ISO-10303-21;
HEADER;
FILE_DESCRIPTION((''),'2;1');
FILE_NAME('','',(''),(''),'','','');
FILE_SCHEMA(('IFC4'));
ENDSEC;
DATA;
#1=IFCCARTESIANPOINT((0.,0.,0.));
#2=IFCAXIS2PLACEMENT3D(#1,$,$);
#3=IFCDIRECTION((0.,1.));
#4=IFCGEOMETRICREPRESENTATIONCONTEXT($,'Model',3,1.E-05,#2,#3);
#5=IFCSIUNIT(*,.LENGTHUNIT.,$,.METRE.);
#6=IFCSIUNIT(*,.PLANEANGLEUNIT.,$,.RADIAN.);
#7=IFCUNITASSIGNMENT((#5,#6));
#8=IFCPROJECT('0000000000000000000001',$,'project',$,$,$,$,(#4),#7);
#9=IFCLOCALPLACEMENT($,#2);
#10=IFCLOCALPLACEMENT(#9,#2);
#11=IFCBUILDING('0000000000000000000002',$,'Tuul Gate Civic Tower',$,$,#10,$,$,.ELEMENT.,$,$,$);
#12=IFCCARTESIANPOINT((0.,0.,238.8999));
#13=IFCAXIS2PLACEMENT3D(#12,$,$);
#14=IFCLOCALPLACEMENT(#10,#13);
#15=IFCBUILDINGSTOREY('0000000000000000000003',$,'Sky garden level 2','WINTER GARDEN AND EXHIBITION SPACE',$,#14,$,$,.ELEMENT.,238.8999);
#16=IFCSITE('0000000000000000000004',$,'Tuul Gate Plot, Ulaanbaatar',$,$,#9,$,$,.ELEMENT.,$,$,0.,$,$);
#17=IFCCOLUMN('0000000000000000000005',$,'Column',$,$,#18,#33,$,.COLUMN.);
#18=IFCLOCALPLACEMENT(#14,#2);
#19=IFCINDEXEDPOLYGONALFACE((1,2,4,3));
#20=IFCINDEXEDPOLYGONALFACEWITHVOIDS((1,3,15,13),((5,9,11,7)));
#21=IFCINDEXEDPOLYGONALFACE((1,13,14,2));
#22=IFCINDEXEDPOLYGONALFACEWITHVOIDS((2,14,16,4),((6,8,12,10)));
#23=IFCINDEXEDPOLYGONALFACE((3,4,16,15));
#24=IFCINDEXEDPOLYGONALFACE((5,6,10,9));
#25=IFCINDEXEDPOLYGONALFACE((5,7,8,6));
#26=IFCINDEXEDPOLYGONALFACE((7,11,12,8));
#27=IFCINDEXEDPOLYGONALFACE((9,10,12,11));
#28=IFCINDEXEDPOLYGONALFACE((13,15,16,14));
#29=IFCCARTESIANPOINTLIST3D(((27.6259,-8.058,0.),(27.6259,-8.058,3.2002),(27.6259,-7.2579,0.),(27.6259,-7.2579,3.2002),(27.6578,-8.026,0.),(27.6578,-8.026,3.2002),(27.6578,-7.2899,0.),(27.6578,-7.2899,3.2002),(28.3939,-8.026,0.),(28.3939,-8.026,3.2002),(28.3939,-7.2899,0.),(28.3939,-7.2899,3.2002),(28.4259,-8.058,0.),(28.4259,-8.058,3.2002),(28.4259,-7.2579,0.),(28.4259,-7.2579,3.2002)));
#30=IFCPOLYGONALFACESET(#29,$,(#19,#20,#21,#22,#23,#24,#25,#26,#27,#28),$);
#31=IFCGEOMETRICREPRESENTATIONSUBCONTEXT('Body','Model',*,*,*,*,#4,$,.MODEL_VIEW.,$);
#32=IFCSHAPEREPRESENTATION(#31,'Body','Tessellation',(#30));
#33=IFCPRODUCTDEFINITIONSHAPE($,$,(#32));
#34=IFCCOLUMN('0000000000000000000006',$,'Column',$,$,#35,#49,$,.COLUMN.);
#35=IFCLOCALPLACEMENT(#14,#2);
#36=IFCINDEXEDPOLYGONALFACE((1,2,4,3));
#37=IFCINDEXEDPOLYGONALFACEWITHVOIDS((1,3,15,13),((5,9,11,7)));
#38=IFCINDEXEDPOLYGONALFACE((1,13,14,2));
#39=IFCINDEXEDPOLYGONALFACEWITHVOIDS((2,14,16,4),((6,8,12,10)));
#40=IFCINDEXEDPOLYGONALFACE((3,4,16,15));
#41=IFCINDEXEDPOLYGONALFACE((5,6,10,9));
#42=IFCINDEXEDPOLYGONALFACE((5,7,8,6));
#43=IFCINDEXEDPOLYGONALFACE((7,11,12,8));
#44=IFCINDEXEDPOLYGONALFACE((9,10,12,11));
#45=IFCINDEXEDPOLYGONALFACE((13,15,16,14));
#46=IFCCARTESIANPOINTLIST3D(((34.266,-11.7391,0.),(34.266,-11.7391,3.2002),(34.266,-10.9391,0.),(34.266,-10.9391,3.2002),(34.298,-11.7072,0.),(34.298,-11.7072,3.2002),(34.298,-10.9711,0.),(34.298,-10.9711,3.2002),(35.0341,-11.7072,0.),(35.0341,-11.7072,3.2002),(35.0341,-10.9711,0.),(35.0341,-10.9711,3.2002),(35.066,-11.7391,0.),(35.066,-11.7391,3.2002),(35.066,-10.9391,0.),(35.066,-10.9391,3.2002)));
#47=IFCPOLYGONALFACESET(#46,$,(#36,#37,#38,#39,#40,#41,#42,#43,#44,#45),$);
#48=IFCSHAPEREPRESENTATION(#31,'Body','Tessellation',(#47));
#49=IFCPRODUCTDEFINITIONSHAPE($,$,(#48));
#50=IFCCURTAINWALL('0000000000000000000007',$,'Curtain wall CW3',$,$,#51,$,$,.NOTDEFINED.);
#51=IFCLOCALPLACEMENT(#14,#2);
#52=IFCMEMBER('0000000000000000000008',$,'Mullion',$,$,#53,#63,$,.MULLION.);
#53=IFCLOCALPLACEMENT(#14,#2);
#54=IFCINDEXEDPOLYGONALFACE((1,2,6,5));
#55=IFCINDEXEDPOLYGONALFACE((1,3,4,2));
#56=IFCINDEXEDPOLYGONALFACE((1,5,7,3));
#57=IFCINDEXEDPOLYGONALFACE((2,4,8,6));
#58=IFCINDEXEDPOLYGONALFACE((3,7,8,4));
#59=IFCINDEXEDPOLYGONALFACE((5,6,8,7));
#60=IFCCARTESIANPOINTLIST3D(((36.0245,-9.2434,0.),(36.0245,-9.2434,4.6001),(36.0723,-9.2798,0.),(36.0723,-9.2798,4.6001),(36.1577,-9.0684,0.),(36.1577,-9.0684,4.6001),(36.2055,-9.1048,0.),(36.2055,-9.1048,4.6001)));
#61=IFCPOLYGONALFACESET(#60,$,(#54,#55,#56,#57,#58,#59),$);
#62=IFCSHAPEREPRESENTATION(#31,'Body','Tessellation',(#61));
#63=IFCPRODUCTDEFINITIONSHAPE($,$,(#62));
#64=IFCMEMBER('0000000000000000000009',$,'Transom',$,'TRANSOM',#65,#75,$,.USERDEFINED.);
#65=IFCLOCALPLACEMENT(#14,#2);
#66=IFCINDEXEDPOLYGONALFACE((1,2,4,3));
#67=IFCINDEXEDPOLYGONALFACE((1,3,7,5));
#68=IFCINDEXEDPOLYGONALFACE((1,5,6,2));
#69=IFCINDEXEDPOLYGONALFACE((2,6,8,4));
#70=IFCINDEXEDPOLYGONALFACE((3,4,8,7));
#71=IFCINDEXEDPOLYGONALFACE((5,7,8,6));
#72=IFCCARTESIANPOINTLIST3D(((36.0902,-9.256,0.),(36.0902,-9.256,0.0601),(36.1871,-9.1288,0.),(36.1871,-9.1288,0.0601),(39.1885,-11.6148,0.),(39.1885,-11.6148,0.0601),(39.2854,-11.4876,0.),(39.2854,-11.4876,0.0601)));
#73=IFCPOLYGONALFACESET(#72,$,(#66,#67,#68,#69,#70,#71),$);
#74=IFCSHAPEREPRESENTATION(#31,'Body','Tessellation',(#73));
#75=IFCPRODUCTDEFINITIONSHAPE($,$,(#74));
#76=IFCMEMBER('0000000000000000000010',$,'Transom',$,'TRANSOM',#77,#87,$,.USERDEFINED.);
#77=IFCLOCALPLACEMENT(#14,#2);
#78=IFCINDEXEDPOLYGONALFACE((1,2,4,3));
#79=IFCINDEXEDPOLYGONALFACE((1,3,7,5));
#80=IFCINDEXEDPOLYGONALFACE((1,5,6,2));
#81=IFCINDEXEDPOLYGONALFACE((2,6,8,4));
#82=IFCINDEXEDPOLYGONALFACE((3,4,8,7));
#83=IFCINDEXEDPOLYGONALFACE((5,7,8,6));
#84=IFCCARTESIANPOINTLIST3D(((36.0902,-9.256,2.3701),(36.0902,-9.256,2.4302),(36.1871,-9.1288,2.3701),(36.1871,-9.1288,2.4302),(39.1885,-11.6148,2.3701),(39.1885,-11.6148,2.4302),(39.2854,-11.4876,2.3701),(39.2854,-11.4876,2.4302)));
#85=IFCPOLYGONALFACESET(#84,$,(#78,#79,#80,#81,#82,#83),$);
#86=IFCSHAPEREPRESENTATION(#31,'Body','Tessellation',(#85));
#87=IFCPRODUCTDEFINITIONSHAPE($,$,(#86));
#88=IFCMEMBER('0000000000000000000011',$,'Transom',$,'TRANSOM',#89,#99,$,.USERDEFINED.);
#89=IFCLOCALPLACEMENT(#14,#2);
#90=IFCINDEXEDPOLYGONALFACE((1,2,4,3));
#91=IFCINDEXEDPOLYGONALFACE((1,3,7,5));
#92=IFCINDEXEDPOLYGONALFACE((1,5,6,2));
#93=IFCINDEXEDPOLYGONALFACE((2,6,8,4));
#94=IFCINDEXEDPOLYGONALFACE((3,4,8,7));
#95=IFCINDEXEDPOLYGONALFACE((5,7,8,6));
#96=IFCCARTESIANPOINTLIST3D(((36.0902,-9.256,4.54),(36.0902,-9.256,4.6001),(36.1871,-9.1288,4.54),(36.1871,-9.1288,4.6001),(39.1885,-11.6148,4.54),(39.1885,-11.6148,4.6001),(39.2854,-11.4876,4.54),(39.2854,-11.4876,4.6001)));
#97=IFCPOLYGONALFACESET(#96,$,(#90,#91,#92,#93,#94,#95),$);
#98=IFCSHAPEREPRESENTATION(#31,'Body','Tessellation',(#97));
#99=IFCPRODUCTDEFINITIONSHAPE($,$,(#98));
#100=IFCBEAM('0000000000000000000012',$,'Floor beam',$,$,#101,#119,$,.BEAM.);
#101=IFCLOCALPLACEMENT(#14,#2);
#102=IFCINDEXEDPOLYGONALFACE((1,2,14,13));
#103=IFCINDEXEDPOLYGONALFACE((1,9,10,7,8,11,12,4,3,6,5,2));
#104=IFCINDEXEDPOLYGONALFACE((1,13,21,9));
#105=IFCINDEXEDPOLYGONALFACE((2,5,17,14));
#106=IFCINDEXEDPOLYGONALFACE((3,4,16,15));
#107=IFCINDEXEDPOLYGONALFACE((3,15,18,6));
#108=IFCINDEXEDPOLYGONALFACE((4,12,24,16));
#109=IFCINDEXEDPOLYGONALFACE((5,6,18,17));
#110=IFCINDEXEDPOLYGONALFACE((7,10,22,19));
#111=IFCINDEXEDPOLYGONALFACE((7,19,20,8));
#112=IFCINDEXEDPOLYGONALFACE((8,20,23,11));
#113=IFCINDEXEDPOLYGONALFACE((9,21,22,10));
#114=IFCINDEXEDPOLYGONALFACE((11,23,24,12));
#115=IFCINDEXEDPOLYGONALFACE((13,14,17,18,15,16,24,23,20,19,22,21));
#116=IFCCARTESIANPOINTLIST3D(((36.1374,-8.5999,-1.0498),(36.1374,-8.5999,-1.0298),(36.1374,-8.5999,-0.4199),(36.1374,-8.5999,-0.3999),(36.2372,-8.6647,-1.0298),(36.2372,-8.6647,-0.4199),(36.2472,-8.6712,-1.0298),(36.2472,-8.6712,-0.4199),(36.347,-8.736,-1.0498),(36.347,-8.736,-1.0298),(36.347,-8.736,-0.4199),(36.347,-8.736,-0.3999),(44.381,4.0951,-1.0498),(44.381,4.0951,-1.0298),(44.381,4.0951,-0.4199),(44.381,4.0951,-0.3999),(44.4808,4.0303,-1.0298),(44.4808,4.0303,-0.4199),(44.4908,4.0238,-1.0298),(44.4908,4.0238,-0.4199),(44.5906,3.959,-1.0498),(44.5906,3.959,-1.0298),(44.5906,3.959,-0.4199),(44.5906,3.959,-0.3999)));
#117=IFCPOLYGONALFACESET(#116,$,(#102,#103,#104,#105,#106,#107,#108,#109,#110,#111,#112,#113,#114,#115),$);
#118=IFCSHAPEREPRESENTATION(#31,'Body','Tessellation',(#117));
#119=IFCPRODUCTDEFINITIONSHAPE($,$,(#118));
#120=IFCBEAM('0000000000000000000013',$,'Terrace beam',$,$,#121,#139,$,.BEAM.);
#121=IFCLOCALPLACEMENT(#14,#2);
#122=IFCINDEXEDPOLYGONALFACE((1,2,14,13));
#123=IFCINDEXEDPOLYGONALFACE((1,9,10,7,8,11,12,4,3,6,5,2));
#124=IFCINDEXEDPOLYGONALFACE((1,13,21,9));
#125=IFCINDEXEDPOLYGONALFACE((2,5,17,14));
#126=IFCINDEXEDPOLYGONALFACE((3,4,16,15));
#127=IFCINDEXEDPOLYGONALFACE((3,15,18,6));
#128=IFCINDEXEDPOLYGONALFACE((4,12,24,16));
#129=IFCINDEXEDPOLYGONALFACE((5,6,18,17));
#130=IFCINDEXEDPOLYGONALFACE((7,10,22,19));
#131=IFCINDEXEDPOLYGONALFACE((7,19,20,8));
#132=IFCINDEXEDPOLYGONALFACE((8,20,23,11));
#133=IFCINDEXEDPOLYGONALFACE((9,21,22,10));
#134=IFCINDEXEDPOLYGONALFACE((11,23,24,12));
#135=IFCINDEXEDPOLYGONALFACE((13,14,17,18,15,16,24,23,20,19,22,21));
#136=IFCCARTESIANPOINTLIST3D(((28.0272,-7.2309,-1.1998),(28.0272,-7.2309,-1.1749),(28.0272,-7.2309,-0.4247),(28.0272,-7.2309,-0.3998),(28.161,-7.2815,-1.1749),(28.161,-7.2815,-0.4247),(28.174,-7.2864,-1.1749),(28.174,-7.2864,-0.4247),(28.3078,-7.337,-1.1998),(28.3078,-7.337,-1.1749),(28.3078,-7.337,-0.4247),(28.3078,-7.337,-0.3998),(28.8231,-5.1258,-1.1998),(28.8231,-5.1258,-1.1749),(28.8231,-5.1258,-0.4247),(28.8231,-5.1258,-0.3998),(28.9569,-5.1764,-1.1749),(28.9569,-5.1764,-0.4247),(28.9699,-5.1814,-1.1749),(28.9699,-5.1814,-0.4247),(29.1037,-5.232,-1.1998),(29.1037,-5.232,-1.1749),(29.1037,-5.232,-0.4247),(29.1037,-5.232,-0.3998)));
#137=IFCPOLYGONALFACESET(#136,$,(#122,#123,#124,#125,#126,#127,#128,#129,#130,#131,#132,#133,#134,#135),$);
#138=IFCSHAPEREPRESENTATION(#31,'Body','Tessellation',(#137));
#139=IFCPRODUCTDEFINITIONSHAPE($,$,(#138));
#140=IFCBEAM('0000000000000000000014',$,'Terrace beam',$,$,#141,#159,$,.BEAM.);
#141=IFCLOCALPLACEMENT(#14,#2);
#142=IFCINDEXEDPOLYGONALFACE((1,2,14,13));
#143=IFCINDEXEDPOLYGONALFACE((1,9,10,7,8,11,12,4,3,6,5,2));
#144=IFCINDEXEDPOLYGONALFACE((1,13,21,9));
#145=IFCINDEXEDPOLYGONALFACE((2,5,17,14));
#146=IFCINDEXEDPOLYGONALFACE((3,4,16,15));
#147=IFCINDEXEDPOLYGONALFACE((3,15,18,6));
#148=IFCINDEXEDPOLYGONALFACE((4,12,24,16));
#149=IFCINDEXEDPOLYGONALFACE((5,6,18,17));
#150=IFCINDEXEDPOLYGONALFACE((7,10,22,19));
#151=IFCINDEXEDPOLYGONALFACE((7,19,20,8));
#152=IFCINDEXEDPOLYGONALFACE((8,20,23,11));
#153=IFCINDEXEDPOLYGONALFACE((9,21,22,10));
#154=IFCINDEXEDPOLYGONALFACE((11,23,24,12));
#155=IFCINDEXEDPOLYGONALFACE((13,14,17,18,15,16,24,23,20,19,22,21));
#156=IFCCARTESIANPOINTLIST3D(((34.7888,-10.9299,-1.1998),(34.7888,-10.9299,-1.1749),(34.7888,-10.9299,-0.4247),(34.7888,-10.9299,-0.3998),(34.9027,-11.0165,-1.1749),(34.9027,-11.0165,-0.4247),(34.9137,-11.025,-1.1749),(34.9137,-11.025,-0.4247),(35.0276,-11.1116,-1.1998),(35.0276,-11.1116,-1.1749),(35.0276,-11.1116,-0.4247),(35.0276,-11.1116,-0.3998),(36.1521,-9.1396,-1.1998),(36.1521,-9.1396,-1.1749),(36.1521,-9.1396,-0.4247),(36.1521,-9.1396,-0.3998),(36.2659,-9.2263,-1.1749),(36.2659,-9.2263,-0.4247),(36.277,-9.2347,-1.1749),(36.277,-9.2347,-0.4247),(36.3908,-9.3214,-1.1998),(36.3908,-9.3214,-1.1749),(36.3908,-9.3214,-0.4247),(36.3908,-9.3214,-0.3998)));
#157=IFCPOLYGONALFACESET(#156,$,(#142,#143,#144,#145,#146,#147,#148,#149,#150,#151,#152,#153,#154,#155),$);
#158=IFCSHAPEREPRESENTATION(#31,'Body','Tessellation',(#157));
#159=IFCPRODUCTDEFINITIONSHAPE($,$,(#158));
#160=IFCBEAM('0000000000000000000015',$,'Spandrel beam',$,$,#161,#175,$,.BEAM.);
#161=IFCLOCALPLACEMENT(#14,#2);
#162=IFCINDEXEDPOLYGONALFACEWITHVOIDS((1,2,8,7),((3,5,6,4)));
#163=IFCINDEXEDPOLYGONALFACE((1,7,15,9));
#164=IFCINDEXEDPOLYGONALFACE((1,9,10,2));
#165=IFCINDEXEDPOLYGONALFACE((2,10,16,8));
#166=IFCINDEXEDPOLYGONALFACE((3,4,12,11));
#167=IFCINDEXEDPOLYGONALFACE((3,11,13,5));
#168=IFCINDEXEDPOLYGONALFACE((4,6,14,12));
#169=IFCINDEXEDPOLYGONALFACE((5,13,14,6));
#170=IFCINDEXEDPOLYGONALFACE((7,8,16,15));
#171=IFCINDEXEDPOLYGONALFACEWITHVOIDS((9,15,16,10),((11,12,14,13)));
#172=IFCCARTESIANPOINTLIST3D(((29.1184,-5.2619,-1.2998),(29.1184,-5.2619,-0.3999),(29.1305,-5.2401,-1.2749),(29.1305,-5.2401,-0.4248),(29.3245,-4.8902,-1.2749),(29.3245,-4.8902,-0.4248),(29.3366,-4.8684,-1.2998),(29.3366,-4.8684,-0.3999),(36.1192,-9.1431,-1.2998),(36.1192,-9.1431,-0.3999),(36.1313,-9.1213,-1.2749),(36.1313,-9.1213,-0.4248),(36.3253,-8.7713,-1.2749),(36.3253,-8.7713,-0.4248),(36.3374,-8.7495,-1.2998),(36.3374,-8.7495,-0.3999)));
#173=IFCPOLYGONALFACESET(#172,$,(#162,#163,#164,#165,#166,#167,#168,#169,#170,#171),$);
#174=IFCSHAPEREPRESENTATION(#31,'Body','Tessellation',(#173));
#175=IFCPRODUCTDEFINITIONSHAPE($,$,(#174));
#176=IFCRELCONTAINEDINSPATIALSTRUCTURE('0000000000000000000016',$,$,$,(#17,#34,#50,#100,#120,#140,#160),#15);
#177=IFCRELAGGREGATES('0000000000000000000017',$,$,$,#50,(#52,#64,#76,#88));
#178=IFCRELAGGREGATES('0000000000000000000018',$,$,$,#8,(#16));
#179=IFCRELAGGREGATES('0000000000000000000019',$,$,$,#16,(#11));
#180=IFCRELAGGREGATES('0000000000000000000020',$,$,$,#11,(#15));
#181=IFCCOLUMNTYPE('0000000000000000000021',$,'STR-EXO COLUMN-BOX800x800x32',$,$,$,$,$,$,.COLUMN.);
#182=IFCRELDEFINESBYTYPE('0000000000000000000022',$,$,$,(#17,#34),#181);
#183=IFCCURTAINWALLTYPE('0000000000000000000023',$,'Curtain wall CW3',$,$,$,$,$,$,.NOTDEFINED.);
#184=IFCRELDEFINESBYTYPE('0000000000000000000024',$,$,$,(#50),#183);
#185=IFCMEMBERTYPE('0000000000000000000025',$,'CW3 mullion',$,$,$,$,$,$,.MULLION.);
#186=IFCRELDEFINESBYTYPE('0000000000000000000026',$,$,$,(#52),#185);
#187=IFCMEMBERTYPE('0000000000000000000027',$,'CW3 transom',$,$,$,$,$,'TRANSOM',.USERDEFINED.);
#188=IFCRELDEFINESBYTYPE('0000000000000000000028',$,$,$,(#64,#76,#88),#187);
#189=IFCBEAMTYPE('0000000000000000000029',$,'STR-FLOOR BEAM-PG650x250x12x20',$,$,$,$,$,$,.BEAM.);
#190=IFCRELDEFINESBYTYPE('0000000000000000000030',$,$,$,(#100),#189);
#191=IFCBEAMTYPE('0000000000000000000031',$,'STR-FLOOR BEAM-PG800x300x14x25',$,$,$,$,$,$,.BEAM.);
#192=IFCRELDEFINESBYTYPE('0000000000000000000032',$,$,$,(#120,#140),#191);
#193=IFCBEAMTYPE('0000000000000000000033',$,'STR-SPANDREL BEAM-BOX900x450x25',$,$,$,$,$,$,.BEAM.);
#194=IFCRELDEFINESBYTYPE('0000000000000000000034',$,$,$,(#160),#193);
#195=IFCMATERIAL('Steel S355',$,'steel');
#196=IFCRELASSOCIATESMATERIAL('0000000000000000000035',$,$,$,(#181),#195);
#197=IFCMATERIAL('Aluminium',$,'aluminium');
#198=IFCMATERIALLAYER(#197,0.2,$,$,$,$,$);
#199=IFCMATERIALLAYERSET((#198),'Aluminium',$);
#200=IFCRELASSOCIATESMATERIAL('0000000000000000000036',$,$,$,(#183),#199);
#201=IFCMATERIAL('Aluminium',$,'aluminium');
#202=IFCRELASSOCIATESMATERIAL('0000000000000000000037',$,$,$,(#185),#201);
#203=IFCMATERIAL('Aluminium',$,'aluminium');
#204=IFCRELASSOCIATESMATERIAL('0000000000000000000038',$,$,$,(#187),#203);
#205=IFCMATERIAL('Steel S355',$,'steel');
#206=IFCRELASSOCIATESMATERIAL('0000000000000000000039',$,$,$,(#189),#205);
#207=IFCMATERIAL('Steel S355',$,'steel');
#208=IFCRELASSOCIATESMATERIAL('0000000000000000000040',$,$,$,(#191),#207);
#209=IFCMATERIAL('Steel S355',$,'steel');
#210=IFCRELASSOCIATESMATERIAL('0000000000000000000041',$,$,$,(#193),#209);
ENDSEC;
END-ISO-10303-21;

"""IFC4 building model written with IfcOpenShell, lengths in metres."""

from ifc_helpers import new_model, si_unit, direction, frame, origin, origin_2d, place, context, subcontext, project, spatial, rectangle, hollow_rectangle, i_section, extrude, material, layer, layer_set, material_profile, profile_set, type_object, element, aggregate, save


model = new_model("IFC4")

# Units and contexts
model_context = context("Model", 3, precision=1e-05, world=origin(), true_north=direction((0.0, 1.0)))
body_context = subcontext(model_context, "Body", "Model", "MODEL_VIEW")
ifc_project = project(units=[si_unit("LENGTHUNIT", "METRE"), si_unit("PLANEANGLEUNIT", "RADIAN")], contexts=[model_context])

# Site, building, storey
site_placement = place(None, origin())
site = spatial("IfcSite", under=ifc_project, at=site_placement, Name="Tuul Gate Plot, Ulaanbaatar", CompositionType="ELEMENT", RefElevation=0.0)
building_placement = place(site_placement, origin())
building = spatial("IfcBuilding", under=site, at=building_placement, Name="Tuul Gate Civic Tower", CompositionType="ELEMENT")
storey_placement = place(building_placement, frame((0.0, 0.0, 238.8999)))
storey = spatial("IfcBuildingStorey", under=building, at=storey_placement, Name="Sky garden level 2", Description="WINTER GARDEN AND EXHIBITION SPACE", CompositionType="ELEMENT", Elevation=238.8999)

# Columns
ifc_material_1 = material(Name="Steel S355", Category="steel")
ifc_material_profile_1 = material_profile(ifc_material_1, hollow_rectangle(XDim=0.8, YDim=0.8, WallThickness=0.032, at=origin_2d()), Name="BOX800x800x32")
ifc_profile_set_1 = profile_set([ifc_material_profile_1], Name="Steel S355")
column_type = type_object("IfcColumnType", Name="STR-EXO COLUMN-BOX800x800x32", PredefinedType="COLUMN", material=ifc_profile_set_1)
for number, where, z_axis, x_axis, name in (
    (1, (28.0259, -7.658, 0.0), (0.0, 0.0, 1.0), (1.0, 0.0, 0.0), "Column"),
    (2, (34.666, -11.3391, 0.0), (0.0, 0.0, 1.0), (1.0, 0.0, 0.0), "Column"),
):
    element("IfcColumn", number, at=place(storey_placement, frame(where, z_axis=z_axis, x_axis=x_axis)), inside=storey, type_object=column_type, Name=name, PredefinedType="COLUMN", context=body_context, shape_type="SweptSolid", body=[
        extrude(hollow_rectangle(XDim=0.8, YDim=0.8, WallThickness=0.032, at=origin_2d()), origin(), (0.0, 0.0, 1.0), 3.2002),
    ])

# Curtain wall, members
ifc_material_2 = material(Name="Aluminium", Category="aluminium")
ifc_layer_1 = layer(ifc_material_2, 0.2)
ifc_layer_set_1 = layer_set([ifc_layer_1], Name="Aluminium")
curtain_wall_type = type_object("IfcCurtainWallType", Name="Curtain wall CW3", PredefinedType="NOTDEFINED", material=ifc_layer_set_1)
curtain_wall_placement = place(storey_placement, origin())
curtain_wall = element("IfcCurtainWall", 3, at=curtain_wall_placement, inside=storey, type_object=curtain_wall_type, Name="Curtain wall CW3", PredefinedType="NOTDEFINED")
ifc_material_3 = material(Name="Aluminium", Category="aluminium")
ifc_material_profile_2 = material_profile(ifc_material_3, rectangle(XDim=0.22, YDim=0.0601, at=origin_2d()), Name="CW3 mullion")
ifc_profile_set_2 = profile_set([ifc_material_profile_2], Name="Aluminium")
member_type_1 = type_object("IfcMemberType", Name="CW3 mullion", PredefinedType="MULLION", material=ifc_profile_set_2)
member_1_placement = place(storey_placement, frame((36.115, -9.1741, 0.0), z_axis=(0.0, 0.0, 1.0), x_axis=(0.605767, 0.795642, 0.0)))
member_1 = element("IfcMember", 4, at=member_1_placement, type_object=member_type_1, Name="Mullion", PredefinedType="MULLION", context=body_context, shape_type="SweptSolid", body=[
    extrude(rectangle(XDim=0.22, YDim=0.0601, at=origin_2d()), origin(), (0.0, 0.0, 1.0), 4.6001),
])
ifc_material_4 = material(Name="Aluminium", Category="aluminium")
ifc_material_profile_3 = material_profile(ifc_material_4, rectangle(XDim=0.1599, YDim=0.0601, at=origin_2d()), Name="CW3 transom")
ifc_profile_set_3 = profile_set([ifc_material_profile_3], Name="Aluminium")
member_type_2 = type_object("IfcMemberType", Name="CW3 transom", ElementType="TRANSOM", PredefinedType="USERDEFINED", material=ifc_profile_set_3)
member_2_placement = place(storey_placement, frame((36.1387, -9.1924, 0.03), z_axis=(0.795653, -0.605752, 0.0), x_axis=(0.605752, 0.795653, 0.0)))
member_2 = element("IfcMember", 5, at=member_2_placement, type_object=member_type_2, Name="Transom", ObjectType="TRANSOM", PredefinedType="USERDEFINED", context=body_context, shape_type="SweptSolid", body=[
    extrude(rectangle(XDim=0.1599, YDim=0.0601, at=origin_2d()), origin(), (0.0, 0.0, 1.0), 3.894),
])
member_3_placement = place(storey_placement, frame((36.1387, -9.1924, 2.4001), z_axis=(0.795653, -0.605752, 0.0), x_axis=(0.605752, 0.795653, 0.0)))
member_3 = element("IfcMember", 6, at=member_3_placement, type_object=member_type_2, Name="Transom", ObjectType="TRANSOM", PredefinedType="USERDEFINED", context=body_context, shape_type="SweptSolid", body=[
    extrude(rectangle(XDim=0.1599, YDim=0.0601, at=origin_2d()), origin(), (0.0, 0.0, 1.0), 3.894),
])
member_4_placement = place(storey_placement, frame((36.1387, -9.1924, 4.5701), z_axis=(0.795653, -0.605752, 0.0), x_axis=(0.605752, 0.795653, 0.0)))
member_4 = element("IfcMember", 7, at=member_4_placement, type_object=member_type_2, Name="Transom", ObjectType="TRANSOM", PredefinedType="USERDEFINED", context=body_context, shape_type="SweptSolid", body=[
    extrude(rectangle(XDim=0.1599, YDim=0.0601, at=origin_2d()), origin(), (0.0, 0.0, 1.0), 3.894),
])

# Beams
ifc_material_5 = material(Name="Steel S355", Category="steel")
ifc_material_profile_4 = material_profile(ifc_material_5, i_section(OverallWidth=0.25, OverallDepth=0.6499, WebThickness=0.012, FlangeThickness=0.02, at=origin_2d()), Name="PG650x250x12x20")
ifc_profile_set_4 = profile_set([ifc_material_profile_4], Name="Steel S355")
beam_type_1 = type_object("IfcBeamType", Name="STR-FLOOR BEAM-PG650x250x12x20", PredefinedType="BEAM", material=ifc_profile_set_4)
beam_1_placement = place(storey_placement, frame((36.2422, -8.668, -0.7249), z_axis=(0.54461, 0.838689, 0.0), x_axis=(-0.838689, 0.54461, 0.0)))
element("IfcBeam", 8, at=beam_1_placement, inside=storey, type_object=beam_type_1, Name="Floor beam", PredefinedType="BEAM", context=body_context, shape_type="SweptSolid", body=[
    extrude(i_section(OverallWidth=0.25, OverallDepth=0.6499, WebThickness=0.012, FlangeThickness=0.02, at=origin_2d()), origin(), (0.0, 0.0, 1.0), 15.1367),
])
ifc_material_6 = material(Name="Steel S355", Category="steel")
ifc_material_profile_5 = material_profile(ifc_material_6, i_section(OverallWidth=0.3, OverallDepth=0.8, WebThickness=0.0139, FlangeThickness=0.0249, at=origin_2d()), Name="PG800x300x14x25")
ifc_profile_set_5 = profile_set([ifc_material_profile_5], Name="Steel S355")
beam_type_2 = type_object("IfcBeamType", Name="STR-FLOOR BEAM-PG800x300x14x25", PredefinedType="BEAM", material=ifc_profile_set_5)
beam_2_placement = place(storey_placement, frame((28.1675, -7.2839, -0.7998), z_axis=(0.353666, 0.935372, 0.0), x_axis=(-0.935372, 0.353666, 0.0)))
element("IfcBeam", 9, at=beam_2_placement, inside=storey, type_object=beam_type_2, Name="Terrace beam", PredefinedType="BEAM", context=body_context, shape_type="SweptSolid", body=[
    extrude(i_section(OverallWidth=0.3, OverallDepth=0.8, WebThickness=0.0139, FlangeThickness=0.0249, at=origin_2d()), origin(), (0.0, 0.0, 1.0), 2.2505),
])
beam_3_placement = place(storey_placement, frame((34.9082, -11.0208, -0.7998), z_axis=(0.605834, 0.795591, 0.0), x_axis=(-0.795591, 0.605834, 0.0)))
element("IfcBeam", 10, at=beam_3_placement, inside=storey, type_object=beam_type_2, Name="Terrace beam", PredefinedType="BEAM", context=body_context, shape_type="SweptSolid", body=[
    extrude(i_section(OverallWidth=0.3, OverallDepth=0.8, WebThickness=0.0139, FlangeThickness=0.0249, at=origin_2d()), origin(), (0.0, 0.0, 1.0), 2.2502),
])
ifc_material_7 = material(Name="Steel S355", Category="steel")
ifc_material_profile_6 = material_profile(ifc_material_7, hollow_rectangle(XDim=0.45, YDim=0.8999, WallThickness=0.0249, at=origin_2d()), Name="BOX900x450x25")
ifc_profile_set_6 = profile_set([ifc_material_profile_6], Name="Steel S355")
beam_type_3 = type_object("IfcBeamType", Name="STR-SPANDREL BEAM-BOX900x450x25", PredefinedType="BEAM", material=ifc_profile_set_6)
beam_4_placement = place(storey_placement, frame((36.2283, -8.9463, -0.8499), z_axis=(-0.874591, 0.484861, 0.0), x_axis=(-0.484861, -0.874591, 0.0)))
element("IfcBeam", 11, at=beam_4_placement, inside=storey, type_object=beam_type_3, Name="Spandrel beam", PredefinedType="BEAM", context=body_context, shape_type="SweptSolid", body=[
    extrude(hollow_rectangle(XDim=0.45, YDim=0.8999, WallThickness=0.0249, at=origin_2d()), origin(), (0.0, 0.0, 1.0), 8.0046),
])

aggregate(curtain_wall, [member_1, member_2, member_3, member_4])

save(model, "model.ifc")
